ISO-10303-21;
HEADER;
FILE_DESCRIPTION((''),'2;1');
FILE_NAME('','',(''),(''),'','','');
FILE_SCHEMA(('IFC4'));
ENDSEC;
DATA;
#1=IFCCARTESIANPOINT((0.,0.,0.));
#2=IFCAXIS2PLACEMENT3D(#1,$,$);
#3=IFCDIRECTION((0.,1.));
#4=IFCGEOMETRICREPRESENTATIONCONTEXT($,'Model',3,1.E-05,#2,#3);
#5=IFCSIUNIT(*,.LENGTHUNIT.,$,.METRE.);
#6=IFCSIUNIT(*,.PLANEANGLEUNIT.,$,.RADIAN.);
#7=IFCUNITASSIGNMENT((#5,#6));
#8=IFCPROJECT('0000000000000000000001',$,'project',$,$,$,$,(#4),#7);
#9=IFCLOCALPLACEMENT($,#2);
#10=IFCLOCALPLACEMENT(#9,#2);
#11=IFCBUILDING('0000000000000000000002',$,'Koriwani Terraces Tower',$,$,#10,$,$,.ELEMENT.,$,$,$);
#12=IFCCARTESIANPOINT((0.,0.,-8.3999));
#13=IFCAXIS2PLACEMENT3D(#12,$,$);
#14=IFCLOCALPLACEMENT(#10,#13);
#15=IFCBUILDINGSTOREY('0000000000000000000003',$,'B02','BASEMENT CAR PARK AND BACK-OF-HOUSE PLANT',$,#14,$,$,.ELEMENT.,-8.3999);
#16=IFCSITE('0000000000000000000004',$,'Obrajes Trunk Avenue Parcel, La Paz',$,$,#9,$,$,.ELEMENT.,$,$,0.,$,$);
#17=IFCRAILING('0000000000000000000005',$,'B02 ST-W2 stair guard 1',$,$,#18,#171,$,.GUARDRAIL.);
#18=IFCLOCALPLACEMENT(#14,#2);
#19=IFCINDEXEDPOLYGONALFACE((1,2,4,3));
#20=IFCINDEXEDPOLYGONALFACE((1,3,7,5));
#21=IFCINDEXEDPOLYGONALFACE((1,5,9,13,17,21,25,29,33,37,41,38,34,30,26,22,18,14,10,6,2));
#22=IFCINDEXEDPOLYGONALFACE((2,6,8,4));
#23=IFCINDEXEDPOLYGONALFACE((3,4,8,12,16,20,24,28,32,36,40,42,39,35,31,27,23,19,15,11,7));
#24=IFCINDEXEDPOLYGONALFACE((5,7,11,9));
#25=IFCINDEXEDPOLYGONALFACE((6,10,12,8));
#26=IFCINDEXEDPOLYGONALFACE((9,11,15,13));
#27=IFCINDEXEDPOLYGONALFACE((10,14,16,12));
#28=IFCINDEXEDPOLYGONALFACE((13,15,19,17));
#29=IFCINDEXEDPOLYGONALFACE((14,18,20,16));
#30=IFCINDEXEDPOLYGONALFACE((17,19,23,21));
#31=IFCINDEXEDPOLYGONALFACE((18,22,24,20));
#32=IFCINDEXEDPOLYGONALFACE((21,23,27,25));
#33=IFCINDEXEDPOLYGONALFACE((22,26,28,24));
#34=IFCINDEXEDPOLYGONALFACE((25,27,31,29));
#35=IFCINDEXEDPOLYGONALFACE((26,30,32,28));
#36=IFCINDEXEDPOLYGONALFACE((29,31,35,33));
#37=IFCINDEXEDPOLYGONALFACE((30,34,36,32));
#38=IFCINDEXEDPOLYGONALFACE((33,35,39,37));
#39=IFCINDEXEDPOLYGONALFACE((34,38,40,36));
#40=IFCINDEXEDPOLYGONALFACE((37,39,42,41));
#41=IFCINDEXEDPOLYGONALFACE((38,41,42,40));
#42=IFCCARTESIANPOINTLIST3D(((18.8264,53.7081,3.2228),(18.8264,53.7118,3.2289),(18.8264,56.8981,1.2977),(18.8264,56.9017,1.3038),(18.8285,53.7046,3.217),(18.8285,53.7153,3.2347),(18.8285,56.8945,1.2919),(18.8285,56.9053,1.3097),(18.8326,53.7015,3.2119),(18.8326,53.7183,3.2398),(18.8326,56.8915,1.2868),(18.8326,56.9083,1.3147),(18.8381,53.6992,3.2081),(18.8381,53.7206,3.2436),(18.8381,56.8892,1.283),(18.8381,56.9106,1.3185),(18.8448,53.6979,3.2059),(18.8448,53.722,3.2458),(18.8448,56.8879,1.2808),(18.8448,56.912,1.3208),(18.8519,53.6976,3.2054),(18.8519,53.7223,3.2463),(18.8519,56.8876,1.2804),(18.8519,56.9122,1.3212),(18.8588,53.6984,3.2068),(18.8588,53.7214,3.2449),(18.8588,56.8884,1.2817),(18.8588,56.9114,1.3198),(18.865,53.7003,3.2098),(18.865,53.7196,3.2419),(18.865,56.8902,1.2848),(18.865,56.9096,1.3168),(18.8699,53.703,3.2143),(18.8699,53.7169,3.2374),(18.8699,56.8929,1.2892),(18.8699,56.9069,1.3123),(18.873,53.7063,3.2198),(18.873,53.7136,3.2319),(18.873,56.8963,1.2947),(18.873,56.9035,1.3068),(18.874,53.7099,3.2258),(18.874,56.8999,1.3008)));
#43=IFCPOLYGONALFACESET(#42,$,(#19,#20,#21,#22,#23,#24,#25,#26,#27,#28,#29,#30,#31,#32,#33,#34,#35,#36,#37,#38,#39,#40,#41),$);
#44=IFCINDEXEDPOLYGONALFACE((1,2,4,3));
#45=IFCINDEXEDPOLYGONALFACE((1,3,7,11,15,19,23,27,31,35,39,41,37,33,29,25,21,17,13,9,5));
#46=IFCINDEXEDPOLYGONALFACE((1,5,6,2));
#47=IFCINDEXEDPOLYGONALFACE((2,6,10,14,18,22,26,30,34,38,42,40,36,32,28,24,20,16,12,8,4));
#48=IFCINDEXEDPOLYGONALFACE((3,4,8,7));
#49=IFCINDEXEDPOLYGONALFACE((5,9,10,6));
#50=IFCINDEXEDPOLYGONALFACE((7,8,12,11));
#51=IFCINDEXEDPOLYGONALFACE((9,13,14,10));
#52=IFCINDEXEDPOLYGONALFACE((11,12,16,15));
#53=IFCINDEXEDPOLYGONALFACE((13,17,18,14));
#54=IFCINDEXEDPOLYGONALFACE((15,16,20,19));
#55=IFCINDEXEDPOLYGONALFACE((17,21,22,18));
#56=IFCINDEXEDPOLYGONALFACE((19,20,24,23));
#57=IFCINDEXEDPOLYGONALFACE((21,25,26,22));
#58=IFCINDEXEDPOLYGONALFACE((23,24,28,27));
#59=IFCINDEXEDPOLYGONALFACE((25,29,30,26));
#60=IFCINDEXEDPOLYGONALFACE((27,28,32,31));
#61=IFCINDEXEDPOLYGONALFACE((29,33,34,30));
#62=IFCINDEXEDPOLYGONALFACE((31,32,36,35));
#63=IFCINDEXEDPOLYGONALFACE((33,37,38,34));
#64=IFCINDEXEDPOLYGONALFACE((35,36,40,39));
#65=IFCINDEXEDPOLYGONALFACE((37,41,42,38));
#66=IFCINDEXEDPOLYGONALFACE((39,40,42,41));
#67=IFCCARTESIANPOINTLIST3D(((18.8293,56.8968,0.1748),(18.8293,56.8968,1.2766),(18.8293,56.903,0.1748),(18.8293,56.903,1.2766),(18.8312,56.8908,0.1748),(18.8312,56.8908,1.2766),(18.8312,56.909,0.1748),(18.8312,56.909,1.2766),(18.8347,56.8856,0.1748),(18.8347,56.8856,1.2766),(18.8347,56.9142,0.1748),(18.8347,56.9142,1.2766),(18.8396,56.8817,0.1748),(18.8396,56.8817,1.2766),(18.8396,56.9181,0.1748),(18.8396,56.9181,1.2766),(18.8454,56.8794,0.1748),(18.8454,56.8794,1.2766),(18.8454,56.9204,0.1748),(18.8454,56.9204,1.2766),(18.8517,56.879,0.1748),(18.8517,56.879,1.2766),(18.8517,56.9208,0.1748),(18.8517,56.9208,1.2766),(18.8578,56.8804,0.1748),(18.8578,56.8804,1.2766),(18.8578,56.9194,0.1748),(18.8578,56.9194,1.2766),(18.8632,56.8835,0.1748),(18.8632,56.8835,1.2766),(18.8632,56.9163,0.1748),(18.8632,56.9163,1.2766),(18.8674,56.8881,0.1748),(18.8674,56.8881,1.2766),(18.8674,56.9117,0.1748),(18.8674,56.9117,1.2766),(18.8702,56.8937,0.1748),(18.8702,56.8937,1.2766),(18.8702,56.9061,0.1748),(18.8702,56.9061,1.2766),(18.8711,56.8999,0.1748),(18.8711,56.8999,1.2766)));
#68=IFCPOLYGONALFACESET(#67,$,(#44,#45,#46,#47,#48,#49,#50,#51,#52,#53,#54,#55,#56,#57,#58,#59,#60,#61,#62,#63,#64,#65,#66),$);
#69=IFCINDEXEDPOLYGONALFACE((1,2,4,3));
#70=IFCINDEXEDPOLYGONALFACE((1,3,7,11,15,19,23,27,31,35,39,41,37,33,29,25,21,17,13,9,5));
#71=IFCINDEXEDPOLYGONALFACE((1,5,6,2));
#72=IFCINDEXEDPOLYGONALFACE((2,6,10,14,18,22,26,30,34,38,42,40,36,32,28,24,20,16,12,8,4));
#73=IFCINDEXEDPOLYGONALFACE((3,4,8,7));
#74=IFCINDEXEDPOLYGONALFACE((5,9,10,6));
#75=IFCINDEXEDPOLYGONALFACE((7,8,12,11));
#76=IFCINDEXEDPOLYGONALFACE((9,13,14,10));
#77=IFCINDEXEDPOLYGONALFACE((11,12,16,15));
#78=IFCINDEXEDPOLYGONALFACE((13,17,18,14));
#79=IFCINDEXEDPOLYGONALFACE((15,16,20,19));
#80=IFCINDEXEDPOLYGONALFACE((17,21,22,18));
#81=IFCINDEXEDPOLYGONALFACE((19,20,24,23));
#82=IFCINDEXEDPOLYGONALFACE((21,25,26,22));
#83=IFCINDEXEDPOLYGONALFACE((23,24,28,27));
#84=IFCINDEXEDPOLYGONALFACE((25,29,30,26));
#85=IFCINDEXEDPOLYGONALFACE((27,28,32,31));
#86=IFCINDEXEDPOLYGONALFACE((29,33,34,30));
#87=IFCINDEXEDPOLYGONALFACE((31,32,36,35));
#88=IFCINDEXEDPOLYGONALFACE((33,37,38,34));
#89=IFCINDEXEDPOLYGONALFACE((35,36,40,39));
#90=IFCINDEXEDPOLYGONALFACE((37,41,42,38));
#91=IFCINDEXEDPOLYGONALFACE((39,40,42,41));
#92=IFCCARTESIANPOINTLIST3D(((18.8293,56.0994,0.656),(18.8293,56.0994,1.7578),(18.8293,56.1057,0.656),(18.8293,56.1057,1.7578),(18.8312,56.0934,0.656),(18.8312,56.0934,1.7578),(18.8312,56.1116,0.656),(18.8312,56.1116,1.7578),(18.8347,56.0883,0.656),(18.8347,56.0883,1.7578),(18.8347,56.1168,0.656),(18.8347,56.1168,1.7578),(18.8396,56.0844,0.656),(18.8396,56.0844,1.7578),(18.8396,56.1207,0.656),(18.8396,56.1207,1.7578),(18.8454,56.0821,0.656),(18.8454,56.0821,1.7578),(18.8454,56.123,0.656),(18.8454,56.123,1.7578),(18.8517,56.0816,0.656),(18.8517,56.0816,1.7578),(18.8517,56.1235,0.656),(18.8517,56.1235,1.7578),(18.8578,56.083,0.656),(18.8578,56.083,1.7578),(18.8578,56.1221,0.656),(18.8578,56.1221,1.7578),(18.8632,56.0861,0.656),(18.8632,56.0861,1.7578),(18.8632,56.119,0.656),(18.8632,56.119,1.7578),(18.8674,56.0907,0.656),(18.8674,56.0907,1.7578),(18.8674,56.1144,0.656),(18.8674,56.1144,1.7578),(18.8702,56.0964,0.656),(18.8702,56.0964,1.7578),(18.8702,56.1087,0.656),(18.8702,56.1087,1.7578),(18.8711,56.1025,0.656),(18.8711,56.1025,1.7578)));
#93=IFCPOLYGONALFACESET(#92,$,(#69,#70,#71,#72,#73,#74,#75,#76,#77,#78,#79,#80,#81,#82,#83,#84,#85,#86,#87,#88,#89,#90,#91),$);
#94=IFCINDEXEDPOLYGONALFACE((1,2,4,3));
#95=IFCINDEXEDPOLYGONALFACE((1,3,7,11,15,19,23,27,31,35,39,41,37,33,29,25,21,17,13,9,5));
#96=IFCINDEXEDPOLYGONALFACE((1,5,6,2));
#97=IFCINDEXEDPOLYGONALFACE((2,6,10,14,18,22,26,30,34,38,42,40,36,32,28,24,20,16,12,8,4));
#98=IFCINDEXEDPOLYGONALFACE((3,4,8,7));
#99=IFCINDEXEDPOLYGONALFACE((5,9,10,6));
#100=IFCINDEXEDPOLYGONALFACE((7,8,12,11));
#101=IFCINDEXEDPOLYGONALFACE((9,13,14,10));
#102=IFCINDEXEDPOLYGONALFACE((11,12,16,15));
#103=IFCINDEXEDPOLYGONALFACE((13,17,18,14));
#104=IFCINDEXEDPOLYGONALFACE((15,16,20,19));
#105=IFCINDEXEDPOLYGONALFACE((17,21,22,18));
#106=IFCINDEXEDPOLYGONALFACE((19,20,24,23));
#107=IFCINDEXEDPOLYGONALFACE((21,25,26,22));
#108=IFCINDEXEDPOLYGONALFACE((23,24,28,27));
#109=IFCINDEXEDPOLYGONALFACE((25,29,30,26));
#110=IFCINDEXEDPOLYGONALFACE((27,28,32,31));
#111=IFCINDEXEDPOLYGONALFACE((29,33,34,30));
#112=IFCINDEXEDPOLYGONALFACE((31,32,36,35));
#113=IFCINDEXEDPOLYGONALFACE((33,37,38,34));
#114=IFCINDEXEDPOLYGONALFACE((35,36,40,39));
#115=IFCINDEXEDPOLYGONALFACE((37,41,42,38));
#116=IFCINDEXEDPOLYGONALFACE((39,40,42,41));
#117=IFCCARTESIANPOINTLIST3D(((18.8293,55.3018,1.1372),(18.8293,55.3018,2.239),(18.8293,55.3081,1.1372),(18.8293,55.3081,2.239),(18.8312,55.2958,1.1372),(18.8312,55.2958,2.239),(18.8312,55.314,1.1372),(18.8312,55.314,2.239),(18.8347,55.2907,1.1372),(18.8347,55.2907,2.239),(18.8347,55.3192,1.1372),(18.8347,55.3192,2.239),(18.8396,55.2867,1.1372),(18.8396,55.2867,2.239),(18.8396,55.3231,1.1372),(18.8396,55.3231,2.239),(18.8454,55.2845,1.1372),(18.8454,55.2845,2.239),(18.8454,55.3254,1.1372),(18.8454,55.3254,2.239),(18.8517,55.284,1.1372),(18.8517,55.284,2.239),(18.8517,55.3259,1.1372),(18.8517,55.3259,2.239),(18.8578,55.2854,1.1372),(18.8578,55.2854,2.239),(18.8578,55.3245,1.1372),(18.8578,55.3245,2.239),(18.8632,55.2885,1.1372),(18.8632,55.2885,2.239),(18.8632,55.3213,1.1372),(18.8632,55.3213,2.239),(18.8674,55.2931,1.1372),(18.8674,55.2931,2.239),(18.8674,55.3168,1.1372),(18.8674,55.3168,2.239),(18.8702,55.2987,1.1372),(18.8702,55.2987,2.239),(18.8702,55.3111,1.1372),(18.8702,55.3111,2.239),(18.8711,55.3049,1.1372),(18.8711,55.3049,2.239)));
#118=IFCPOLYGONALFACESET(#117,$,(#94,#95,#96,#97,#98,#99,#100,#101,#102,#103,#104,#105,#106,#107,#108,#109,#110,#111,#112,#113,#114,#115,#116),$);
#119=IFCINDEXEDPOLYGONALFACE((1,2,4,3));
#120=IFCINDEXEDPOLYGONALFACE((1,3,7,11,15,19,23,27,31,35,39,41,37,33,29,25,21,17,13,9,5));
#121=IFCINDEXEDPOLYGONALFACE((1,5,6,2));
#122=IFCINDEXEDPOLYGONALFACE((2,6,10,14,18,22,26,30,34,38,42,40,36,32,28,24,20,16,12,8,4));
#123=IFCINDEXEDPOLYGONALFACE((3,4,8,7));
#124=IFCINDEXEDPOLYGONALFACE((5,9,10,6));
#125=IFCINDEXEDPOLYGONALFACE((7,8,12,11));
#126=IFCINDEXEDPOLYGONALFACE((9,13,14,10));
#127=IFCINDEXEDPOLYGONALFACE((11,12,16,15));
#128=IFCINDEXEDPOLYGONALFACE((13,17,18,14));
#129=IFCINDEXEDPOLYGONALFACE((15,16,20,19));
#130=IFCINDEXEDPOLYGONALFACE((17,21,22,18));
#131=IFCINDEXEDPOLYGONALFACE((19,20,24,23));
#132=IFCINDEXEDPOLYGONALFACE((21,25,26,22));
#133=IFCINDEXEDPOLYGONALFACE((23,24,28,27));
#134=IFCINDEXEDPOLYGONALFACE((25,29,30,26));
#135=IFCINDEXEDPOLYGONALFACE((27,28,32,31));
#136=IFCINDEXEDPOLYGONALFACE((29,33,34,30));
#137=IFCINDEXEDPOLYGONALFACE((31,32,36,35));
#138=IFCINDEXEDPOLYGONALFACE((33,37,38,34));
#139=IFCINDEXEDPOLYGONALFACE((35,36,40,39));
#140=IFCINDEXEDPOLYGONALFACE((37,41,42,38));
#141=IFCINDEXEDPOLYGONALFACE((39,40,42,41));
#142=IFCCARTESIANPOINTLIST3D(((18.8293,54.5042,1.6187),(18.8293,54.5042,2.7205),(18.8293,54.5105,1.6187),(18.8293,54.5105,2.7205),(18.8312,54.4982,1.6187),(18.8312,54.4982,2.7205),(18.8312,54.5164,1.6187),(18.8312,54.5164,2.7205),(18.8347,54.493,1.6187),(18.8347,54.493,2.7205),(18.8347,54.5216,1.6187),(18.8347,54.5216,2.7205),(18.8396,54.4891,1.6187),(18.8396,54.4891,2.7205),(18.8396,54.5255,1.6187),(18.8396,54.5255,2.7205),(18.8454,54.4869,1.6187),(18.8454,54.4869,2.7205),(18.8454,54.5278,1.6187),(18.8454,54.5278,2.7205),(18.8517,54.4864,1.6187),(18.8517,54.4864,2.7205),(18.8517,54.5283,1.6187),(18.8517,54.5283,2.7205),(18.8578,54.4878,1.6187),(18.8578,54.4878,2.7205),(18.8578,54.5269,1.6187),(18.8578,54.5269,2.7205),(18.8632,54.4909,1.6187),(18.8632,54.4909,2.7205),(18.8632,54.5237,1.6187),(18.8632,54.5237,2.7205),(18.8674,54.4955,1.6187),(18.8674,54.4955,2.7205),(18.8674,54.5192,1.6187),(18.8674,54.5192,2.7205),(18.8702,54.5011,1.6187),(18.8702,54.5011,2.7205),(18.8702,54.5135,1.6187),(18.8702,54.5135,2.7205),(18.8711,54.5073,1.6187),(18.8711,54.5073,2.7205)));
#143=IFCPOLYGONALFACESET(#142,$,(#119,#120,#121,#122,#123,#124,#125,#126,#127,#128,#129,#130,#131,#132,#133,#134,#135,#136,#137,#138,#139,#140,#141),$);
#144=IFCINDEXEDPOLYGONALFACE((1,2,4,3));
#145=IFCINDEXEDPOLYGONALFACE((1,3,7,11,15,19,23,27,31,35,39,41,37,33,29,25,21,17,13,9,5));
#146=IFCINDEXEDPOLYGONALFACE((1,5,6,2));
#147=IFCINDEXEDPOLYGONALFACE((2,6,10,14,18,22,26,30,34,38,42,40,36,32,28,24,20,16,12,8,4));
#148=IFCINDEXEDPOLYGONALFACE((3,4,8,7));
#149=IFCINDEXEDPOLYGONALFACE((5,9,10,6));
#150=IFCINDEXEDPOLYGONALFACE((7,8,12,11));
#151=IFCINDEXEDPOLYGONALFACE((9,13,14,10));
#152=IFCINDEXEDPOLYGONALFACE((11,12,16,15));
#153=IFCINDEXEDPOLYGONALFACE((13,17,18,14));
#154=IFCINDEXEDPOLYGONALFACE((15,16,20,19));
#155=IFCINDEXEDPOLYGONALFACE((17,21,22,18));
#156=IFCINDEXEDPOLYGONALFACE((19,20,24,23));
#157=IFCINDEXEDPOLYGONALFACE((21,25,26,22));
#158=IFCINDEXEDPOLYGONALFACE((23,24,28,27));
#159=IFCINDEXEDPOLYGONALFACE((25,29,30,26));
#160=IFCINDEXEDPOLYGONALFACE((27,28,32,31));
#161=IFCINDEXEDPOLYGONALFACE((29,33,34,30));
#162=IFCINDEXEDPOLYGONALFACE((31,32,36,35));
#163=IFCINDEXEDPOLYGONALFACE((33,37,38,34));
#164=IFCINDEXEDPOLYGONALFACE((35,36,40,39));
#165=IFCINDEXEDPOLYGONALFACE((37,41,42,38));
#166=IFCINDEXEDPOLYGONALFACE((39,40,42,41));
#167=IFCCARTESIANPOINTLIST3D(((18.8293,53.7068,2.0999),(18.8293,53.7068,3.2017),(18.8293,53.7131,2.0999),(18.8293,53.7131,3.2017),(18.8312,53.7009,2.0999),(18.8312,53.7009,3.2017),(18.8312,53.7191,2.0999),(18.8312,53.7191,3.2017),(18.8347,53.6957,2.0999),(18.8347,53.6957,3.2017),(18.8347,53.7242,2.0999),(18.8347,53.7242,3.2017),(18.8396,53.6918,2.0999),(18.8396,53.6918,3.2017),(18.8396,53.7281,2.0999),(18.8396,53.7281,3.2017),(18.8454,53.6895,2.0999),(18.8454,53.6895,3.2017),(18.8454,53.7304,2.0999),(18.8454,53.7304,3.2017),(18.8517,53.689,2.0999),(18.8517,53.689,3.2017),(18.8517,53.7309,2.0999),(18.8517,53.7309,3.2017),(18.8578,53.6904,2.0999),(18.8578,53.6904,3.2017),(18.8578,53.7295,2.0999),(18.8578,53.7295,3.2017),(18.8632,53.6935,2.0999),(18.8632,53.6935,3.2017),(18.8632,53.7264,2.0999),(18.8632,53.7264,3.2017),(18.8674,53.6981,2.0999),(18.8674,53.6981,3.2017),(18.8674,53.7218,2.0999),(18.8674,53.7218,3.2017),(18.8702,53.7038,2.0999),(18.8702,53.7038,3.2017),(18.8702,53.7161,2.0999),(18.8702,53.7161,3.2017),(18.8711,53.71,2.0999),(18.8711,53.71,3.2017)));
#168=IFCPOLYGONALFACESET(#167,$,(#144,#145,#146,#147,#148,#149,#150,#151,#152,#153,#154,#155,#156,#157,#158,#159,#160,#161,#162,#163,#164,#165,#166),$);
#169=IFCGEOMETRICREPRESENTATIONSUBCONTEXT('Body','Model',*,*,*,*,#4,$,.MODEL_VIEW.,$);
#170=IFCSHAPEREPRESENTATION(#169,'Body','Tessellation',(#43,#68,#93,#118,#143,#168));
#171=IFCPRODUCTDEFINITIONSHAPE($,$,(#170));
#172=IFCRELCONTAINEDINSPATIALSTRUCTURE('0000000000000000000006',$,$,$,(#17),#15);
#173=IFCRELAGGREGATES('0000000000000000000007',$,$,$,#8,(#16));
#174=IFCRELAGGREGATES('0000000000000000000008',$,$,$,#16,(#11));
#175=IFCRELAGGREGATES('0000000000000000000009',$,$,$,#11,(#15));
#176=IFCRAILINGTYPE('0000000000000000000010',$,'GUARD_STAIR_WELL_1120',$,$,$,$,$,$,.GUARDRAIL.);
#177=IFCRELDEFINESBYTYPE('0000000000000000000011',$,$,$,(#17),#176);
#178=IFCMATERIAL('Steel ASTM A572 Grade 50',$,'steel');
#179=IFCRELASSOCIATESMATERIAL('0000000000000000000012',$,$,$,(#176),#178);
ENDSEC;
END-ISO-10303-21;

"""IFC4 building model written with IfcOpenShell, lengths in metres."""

from ifc_helpers import new_model, si_unit, direction, frame, origin, origin_2d, place, context, subcontext, project, spatial, circle, extrude, material, type_object, element, save


model = new_model("IFC4")

# Units and contexts
model_context = context("Model", 3, precision=1e-05, world=origin(), true_north=direction((0.0, 1.0)))
body_context = subcontext(model_context, "Body", "Model", "MODEL_VIEW")
ifc_project = project(units=[si_unit("LENGTHUNIT", "METRE"), si_unit("PLANEANGLEUNIT", "RADIAN")], contexts=[model_context])

# Site, building, storey
site_placement = place(None, origin())
site = spatial("IfcSite", under=ifc_project, at=site_placement, Name="Obrajes Trunk Avenue Parcel, La Paz", CompositionType="ELEMENT", RefElevation=0.0)
building_placement = place(site_placement, origin())
building = spatial("IfcBuilding", under=site, at=building_placement, Name="Koriwani Terraces Tower", CompositionType="ELEMENT")
storey_placement = place(building_placement, frame((0.0, 0.0, -8.3999)))
storey = spatial("IfcBuildingStorey", under=building, at=storey_placement, Name="B02", Description="BASEMENT CAR PARK AND BACK-OF-HOUSE PLANT", CompositionType="ELEMENT", Elevation=-8.3999)

# Shared definitions
ifc_material_1 = material(Name="Steel ASTM A572 Grade 50", Category="steel")

# Railing
railing_type = type_object("IfcRailingType", Name="GUARD_STAIR_WELL_1120", PredefinedType="GUARDRAIL", material=ifc_material_1)
railing_1_placement = place(storey_placement, frame((18.8501, 56.8999, 0.1748)))
element("IfcRailing", 1, at=railing_1_placement, inside=storey, type_object=railing_type, Name="B02 ST-W2 stair guard 1", PredefinedType="GUARDRAIL", context=body_context, shape_type="SweptSolid", body=[
    extrude(circle(Radius=0.0239, at=origin_2d()), frame((0.0, 0.0, 1.126), z_axis=(0.0, -0.856178, 0.516682), x_axis=(1.0, 0.0, 0.0)), (0.0, 0.0, 1.0), 3.7258),
    extrude(circle(Radius=0.021, at=origin_2d()), origin(), (0.0, 0.0, 1.0), 1.1018),
    extrude(circle(Radius=0.021, at=origin_2d()), frame((0.0, -0.7974, 0.4812)), (0.0, 0.0, 1.0), 1.1018),
    extrude(circle(Radius=0.021, at=origin_2d()), frame((0.0, -1.595, 0.9624)), (0.0, 0.0, 1.0), 1.1018),
    extrude(circle(Radius=0.021, at=origin_2d()), frame((0.0, -2.3926, 1.4438)), (0.0, 0.0, 1.0), 1.1018),
    extrude(circle(Radius=0.021, at=origin_2d()), frame((0.0, -3.1899, 1.925)), (0.0, 0.0, 1.0), 1.1018),
])

save(model, "model.ifc")
